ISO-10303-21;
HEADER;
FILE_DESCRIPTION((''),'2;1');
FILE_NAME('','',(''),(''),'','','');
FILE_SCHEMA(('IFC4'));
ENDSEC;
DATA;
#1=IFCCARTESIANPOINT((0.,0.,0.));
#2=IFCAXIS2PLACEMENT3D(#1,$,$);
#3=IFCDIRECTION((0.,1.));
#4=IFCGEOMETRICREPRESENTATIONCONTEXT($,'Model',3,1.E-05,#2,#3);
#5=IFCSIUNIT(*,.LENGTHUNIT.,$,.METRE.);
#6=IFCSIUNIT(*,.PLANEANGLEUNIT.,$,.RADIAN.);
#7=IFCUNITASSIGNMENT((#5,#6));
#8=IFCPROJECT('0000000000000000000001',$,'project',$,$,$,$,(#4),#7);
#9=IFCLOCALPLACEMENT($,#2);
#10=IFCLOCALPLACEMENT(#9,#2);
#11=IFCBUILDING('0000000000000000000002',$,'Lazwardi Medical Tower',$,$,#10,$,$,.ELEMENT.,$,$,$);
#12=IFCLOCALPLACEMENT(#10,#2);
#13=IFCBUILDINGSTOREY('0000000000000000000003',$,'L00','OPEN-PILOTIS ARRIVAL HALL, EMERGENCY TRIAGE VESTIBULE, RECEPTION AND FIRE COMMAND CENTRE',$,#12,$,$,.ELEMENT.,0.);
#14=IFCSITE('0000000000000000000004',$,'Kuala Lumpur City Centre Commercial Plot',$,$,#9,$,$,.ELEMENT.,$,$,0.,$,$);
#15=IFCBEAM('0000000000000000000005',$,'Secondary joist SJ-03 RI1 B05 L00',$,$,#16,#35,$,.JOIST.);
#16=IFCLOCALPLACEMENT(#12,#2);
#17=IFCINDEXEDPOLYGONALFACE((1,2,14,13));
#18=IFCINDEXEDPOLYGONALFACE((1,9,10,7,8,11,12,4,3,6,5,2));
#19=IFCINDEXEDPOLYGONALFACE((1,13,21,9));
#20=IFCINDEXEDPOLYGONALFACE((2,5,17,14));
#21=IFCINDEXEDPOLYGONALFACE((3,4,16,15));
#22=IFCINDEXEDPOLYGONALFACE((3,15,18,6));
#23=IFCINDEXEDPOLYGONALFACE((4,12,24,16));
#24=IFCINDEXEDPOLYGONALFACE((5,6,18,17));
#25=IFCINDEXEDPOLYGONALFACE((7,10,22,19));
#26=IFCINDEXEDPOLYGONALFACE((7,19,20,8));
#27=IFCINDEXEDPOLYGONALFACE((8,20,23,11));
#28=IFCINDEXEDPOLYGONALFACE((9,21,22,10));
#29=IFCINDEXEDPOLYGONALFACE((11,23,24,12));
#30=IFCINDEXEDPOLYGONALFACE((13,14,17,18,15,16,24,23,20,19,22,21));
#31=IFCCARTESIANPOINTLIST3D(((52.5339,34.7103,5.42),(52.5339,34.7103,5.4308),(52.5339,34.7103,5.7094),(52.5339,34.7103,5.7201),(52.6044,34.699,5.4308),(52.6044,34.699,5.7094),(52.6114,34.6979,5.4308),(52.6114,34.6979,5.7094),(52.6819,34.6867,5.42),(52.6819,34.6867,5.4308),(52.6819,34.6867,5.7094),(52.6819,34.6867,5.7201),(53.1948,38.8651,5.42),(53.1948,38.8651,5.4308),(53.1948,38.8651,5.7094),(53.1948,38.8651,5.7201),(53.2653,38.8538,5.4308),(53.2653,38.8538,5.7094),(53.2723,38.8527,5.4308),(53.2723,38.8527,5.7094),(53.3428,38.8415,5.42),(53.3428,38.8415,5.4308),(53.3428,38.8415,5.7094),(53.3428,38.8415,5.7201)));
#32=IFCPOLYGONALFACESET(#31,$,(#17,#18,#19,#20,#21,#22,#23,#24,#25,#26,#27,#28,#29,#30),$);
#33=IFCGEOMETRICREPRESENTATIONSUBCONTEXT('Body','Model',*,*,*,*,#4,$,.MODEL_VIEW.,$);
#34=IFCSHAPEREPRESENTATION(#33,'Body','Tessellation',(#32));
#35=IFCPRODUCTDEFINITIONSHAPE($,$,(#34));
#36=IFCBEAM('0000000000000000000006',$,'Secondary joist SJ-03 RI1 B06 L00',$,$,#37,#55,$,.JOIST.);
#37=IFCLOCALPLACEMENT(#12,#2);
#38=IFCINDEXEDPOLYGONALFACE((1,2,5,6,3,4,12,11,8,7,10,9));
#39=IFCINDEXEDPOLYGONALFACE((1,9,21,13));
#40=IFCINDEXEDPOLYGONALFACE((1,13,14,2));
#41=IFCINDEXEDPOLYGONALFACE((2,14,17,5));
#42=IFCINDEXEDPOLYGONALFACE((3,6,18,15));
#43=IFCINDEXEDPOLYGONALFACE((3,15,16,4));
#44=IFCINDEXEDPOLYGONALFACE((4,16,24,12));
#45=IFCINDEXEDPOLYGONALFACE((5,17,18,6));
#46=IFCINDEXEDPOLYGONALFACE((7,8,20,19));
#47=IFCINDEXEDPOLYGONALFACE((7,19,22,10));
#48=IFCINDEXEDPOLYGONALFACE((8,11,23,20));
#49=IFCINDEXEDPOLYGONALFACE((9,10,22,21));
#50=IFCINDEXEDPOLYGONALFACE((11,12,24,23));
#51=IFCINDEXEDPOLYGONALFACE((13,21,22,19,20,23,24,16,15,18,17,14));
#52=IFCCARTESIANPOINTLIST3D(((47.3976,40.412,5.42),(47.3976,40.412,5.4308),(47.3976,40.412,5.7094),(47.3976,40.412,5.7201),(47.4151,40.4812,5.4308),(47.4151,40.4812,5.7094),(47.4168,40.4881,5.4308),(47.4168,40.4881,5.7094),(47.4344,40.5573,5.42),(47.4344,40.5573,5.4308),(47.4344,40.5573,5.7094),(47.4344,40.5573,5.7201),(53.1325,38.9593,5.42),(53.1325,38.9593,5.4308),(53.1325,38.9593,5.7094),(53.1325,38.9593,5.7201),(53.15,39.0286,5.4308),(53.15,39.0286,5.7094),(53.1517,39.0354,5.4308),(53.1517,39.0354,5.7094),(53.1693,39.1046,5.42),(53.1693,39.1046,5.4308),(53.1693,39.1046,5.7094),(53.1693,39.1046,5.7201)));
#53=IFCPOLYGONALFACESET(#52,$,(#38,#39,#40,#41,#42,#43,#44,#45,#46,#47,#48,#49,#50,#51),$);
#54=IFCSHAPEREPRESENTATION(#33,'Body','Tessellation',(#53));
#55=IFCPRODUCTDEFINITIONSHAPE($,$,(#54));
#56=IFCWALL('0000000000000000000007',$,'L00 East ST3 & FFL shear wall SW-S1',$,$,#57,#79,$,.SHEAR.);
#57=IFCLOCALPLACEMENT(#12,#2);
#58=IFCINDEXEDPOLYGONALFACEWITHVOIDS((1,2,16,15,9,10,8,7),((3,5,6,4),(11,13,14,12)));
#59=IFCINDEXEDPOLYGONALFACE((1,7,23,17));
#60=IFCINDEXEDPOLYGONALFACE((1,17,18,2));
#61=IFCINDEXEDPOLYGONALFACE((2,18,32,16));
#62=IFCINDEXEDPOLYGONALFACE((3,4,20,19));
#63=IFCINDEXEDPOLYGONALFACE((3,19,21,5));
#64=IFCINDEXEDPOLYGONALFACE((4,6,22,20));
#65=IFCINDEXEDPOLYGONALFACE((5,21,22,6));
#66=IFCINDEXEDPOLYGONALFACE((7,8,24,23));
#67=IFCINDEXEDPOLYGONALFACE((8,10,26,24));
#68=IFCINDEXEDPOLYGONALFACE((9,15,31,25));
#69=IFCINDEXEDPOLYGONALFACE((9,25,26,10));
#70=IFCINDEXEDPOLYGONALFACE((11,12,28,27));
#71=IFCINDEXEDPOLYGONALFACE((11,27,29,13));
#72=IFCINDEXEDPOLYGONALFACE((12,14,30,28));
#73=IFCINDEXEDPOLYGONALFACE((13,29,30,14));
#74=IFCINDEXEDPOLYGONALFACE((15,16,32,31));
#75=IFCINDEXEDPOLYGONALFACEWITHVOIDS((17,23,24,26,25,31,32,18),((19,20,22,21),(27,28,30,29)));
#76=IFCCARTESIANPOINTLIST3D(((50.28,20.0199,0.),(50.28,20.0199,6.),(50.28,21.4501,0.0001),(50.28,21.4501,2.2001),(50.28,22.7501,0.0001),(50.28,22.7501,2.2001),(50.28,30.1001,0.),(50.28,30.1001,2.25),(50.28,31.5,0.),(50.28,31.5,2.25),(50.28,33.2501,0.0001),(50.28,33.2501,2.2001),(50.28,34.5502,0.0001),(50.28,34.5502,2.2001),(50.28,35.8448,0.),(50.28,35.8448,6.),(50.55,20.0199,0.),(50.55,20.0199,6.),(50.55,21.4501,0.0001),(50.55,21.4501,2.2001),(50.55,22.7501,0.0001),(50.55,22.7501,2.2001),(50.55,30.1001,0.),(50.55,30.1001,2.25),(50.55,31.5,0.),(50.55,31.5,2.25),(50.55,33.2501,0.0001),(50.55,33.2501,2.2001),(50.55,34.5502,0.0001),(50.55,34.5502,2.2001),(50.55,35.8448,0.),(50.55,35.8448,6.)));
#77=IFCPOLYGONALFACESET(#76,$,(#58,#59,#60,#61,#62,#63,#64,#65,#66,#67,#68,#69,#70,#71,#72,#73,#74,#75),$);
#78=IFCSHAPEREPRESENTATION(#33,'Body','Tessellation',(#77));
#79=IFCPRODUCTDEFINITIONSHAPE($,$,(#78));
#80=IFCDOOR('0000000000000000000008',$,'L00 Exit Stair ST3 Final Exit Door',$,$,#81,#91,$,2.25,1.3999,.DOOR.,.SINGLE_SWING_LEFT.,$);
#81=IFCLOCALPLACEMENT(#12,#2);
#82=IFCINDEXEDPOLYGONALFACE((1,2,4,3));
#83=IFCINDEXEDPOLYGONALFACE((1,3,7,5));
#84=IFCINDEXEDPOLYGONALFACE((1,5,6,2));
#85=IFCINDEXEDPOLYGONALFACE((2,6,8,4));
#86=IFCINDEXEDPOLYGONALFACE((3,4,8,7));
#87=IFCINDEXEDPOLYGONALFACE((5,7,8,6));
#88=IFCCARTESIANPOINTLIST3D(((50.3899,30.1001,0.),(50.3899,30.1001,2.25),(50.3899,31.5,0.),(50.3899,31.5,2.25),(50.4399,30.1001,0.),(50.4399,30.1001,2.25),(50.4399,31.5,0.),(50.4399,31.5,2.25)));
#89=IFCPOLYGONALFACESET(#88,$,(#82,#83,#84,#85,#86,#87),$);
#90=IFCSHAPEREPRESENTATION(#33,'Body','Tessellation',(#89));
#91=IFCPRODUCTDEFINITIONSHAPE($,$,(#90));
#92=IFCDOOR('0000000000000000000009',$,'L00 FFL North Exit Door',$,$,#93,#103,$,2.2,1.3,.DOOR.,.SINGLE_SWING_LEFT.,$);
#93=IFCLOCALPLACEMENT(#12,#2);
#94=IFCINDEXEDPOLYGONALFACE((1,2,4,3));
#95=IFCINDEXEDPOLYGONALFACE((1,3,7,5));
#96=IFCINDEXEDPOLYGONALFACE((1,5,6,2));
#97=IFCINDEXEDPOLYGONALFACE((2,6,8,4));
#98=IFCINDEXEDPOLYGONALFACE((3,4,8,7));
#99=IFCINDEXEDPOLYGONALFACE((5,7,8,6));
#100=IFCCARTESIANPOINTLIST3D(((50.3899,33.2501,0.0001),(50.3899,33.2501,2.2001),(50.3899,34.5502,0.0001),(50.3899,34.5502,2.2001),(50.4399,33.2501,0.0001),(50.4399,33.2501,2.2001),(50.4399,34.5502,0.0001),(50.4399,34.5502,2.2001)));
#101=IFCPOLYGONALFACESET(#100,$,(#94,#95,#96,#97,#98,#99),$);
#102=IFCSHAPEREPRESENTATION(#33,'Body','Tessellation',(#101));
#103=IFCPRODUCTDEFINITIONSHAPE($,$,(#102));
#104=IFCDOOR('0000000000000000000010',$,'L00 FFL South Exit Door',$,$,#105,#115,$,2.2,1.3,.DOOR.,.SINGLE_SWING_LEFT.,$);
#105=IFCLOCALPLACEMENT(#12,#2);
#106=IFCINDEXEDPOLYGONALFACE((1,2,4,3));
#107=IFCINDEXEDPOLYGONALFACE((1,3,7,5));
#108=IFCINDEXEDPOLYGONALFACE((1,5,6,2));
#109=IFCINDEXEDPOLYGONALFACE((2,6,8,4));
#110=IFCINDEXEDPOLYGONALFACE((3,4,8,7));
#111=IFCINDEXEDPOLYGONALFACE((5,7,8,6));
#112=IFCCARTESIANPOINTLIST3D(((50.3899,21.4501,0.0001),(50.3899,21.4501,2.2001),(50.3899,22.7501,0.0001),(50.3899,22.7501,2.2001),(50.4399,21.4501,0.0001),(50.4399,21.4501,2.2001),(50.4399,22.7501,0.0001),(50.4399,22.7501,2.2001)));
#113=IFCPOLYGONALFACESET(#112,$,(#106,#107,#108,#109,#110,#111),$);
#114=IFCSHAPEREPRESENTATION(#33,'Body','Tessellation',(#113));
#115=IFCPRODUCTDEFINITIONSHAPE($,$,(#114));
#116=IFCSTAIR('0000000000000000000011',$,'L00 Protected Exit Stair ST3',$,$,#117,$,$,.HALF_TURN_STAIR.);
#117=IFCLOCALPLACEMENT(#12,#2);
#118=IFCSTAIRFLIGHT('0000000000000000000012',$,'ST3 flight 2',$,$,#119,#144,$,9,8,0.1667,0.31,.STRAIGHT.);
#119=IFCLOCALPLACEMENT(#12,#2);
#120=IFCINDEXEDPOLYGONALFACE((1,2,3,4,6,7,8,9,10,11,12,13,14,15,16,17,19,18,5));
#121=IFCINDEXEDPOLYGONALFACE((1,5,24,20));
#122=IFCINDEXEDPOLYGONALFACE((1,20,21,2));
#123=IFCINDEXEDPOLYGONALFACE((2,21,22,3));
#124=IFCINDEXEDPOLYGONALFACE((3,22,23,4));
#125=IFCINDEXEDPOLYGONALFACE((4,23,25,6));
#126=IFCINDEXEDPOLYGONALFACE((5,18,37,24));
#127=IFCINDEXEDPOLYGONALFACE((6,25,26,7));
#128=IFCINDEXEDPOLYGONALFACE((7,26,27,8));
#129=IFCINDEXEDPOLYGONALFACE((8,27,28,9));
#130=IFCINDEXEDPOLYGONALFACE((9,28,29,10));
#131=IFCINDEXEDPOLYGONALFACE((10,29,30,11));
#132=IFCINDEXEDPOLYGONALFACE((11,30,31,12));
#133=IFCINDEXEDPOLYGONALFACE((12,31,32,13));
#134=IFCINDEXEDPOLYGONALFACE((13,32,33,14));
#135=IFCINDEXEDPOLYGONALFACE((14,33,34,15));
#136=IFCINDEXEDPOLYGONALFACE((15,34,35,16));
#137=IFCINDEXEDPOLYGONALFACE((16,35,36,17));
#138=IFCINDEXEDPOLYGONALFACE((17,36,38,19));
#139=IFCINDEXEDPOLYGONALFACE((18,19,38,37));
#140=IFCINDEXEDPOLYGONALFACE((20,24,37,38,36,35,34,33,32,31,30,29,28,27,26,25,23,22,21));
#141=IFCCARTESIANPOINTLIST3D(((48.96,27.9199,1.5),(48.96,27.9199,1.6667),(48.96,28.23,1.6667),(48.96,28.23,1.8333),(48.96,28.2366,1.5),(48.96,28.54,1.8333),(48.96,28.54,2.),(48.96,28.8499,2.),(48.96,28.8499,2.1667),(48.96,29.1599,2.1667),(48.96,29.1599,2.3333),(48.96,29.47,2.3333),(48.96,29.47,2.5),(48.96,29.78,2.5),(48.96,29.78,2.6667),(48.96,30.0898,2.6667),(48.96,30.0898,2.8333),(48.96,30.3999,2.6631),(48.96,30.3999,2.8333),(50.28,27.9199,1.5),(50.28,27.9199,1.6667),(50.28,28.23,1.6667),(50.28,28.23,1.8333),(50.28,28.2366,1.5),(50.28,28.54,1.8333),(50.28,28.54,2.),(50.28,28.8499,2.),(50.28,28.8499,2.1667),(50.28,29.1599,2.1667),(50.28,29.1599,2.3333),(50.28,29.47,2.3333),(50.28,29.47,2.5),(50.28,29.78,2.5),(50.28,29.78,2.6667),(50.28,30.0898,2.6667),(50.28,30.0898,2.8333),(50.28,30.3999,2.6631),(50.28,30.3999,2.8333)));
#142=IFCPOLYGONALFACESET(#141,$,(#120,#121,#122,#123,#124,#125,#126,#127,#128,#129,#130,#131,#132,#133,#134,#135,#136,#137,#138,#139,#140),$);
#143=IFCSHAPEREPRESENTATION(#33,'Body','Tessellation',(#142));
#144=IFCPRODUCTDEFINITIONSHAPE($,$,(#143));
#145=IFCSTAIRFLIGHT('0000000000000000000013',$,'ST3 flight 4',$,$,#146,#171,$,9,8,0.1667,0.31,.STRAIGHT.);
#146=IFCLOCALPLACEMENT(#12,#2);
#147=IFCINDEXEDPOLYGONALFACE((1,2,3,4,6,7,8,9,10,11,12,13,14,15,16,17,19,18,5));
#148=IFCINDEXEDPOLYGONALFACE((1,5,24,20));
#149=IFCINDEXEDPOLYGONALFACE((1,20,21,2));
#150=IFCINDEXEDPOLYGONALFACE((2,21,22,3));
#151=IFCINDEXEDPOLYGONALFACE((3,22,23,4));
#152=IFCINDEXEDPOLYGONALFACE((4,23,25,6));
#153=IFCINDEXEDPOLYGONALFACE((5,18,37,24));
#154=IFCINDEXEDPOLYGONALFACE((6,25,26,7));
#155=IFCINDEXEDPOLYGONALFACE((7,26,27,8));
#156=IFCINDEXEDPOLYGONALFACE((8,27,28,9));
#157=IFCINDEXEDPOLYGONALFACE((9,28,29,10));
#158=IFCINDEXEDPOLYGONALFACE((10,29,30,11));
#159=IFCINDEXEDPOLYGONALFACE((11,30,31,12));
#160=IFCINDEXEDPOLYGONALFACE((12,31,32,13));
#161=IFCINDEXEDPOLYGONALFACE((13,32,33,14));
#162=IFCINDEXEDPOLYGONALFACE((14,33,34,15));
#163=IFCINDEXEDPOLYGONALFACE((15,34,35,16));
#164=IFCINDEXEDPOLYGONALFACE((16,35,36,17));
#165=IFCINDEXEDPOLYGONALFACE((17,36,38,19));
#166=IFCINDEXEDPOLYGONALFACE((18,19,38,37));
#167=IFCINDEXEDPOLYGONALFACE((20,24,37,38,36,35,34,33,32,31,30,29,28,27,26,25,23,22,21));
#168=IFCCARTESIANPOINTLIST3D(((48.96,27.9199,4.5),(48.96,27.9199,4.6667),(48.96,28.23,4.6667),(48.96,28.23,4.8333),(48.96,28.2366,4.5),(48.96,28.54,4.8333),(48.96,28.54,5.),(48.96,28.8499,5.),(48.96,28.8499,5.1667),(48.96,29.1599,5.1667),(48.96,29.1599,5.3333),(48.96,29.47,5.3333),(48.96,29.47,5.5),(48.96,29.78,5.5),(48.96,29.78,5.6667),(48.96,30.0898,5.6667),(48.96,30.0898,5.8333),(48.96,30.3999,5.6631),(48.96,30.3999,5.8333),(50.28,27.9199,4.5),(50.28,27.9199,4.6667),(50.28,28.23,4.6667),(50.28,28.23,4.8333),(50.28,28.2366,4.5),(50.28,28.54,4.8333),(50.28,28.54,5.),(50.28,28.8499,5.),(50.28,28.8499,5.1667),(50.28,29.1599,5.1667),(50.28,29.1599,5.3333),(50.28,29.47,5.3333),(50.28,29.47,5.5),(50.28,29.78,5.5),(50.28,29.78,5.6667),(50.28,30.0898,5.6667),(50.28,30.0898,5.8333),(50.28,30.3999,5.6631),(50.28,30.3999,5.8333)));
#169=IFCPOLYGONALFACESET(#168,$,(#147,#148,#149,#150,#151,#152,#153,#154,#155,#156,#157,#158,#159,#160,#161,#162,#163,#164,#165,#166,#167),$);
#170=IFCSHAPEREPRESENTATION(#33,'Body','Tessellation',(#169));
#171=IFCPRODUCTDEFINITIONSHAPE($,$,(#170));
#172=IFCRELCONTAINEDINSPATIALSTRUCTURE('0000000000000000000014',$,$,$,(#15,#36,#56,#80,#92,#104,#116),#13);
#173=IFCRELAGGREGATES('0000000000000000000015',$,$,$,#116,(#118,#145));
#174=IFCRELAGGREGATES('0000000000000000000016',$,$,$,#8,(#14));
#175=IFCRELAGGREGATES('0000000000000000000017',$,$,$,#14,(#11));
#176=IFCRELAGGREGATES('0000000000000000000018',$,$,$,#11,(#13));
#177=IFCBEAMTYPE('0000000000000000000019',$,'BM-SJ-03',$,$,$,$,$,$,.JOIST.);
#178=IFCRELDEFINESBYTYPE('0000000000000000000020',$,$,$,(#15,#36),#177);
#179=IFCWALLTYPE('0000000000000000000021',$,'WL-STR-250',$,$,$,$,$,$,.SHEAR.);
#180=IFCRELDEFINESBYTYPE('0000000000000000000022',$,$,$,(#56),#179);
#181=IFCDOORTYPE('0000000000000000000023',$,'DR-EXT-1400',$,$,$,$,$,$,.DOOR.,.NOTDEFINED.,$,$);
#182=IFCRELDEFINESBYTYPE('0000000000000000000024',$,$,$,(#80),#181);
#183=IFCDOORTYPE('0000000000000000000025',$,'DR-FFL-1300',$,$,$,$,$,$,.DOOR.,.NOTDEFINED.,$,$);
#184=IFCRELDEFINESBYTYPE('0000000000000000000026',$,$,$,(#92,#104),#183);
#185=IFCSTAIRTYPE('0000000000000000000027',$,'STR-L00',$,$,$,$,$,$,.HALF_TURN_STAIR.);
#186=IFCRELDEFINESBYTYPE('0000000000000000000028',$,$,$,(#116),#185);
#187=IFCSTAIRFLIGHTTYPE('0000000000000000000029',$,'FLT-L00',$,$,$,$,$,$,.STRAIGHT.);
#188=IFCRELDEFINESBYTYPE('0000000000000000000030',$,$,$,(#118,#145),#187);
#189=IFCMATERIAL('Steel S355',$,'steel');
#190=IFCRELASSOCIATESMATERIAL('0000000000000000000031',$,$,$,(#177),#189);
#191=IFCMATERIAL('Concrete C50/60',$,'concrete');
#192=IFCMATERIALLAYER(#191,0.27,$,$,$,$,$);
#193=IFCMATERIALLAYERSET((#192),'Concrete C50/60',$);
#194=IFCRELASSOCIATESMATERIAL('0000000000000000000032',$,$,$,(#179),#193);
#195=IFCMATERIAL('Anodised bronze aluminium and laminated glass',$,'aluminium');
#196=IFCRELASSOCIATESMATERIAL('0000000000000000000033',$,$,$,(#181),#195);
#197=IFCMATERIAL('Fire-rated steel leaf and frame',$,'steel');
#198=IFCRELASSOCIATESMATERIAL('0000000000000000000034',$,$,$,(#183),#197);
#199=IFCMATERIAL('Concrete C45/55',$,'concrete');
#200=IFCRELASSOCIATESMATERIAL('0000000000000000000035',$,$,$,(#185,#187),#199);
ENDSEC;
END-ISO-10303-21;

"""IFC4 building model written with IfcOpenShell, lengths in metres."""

from ifc_helpers import new_model, si_unit, direction, frame, frame_2d, origin, origin_2d, place, context, subcontext, project, spatial, polyline, rectangle, i_section, outline, extrude, material, layer, layer_set, material_profile, profile_set, type_object, element, fill, aggregate, save


model = new_model("IFC4")

# Units and contexts
model_context = context("Model", 3, precision=1e-05, world=origin(), true_north=direction((0.0, 1.0)))
body_context = subcontext(model_context, "Body", "Model", "MODEL_VIEW")
ifc_project = project(units=[si_unit("LENGTHUNIT", "METRE"), si_unit("PLANEANGLEUNIT", "RADIAN")], contexts=[model_context])

# Site, building, storey
site_placement = place(None, origin())
site = spatial("IfcSite", under=ifc_project, at=site_placement, Name="Kuala Lumpur City Centre Commercial Plot", CompositionType="ELEMENT", RefElevation=0.0)
building_placement = place(site_placement, origin())
building = spatial("IfcBuilding", under=site, at=building_placement, Name="Lazwardi Medical Tower", CompositionType="ELEMENT")
storey_placement = place(building_placement, origin())
storey = spatial("IfcBuildingStorey", under=building, at=storey_placement, Name="L00", Description="OPEN-PILOTIS ARRIVAL HALL, EMERGENCY TRIAGE VESTIBULE, RECEPTION AND FIRE COMMAND CENTRE", CompositionType="ELEMENT", Elevation=0.0)

# Beams
ifc_material_1 = material(Name="Steel S355", Category="steel")
ifc_material_profile_1 = material_profile(ifc_material_1, i_section(OverallWidth=0.1499, OverallDepth=0.3, WebThickness=0.0071, FlangeThickness=0.0107, at=origin_2d()), Name="IPE 300")
ifc_profile_set_1 = profile_set([ifc_material_profile_1], Name="Steel S355")
beam_type_1 = type_object("IfcBeamType", Name="BM-SJ-03", PredefinedType="JOIST", material=ifc_profile_set_1)
beam_1_placement = place(storey_placement, frame((52.6079, 34.6985, 5.5701), z_axis=(0.157092, 0.987584, 0.0), x_axis=(-0.987584, 0.157092, 0.0)))
element("IfcBeam", 1, at=beam_1_placement, inside=storey, type_object=beam_type_1, Name="Secondary joist SJ-03 RI1 B05 L00", PredefinedType="JOIST", context=body_context, shape_type="SweptSolid", body=[
    extrude(i_section(OverallWidth=0.1499, OverallDepth=0.3, WebThickness=0.0071, FlangeThickness=0.0107, at=origin_2d()), origin(), (0.0, 0.0, 1.0), 4.207),
])
beam_2_placement = place(storey_placement, frame((53.1509, 39.032, 5.5701), z_axis=(-0.969385, 0.245545, 0.0), x_axis=(-0.245545, -0.969385, 0.0)))
element("IfcBeam", 2, at=beam_2_placement, inside=storey, type_object=beam_type_1, Name="Secondary joist SJ-03 RI1 B06 L00", PredefinedType="JOIST", context=body_context, shape_type="SweptSolid", body=[
    extrude(i_section(OverallWidth=0.1499, OverallDepth=0.3, WebThickness=0.0071, FlangeThickness=0.0107, at=origin_2d()), origin(), (0.0, 0.0, 1.0), 5.916),
])

# Wall, openings, doors
ifc_material_2 = material(Name="Concrete C50/60", Category="concrete")
ifc_layer = layer(ifc_material_2, 0.27)
ifc_layer_set = layer_set([ifc_layer], Name="Concrete C50/60")
wall_type = type_object("IfcWallType", Name="WL-STR-250", PredefinedType="SHEAR", material=ifc_layer_set)
wall_placement = place(storey_placement, frame((50.415, 35.845, 0.0), z_axis=(0.0, 0.0, 1.0), x_axis=(0.0, -1.0, 0.0)))
wall = element("IfcWall", 3, at=wall_placement, inside=storey, type_object=wall_type, Name="L00 East ST3 & FFL shear wall SW-S1", PredefinedType="SHEAR", context=body_context, shape_type="SweptSolid", body=[
    extrude(rectangle(XDim=15.825, YDim=0.27, at=frame_2d((7.9126, 0.0))), origin(), (0.0, 0.0, 1.0), 6.0),
])
opening_1_placement = place(wall_placement, frame((4.345, 0.0, 0.0)))
opening_1 = element("IfcOpeningElement", 4, at=opening_1_placement, cuts=wall, PredefinedType="OPENING", context=body_context, shape_type="SweptSolid", body=[
    extrude(rectangle(XDim=1.3999, YDim=2.25, at=frame_2d((0.7, 1.125))), frame((0.0, 0.145, 0.0), z_axis=(0.0, -1.0, 0.0), x_axis=(1.0, 0.0, 0.0)), (0.0, 0.0, 1.0), 0.29),
])
opening_2_placement = place(wall_placement, frame((1.2949, 0.0, 0.0)))
opening_2 = element("IfcOpeningElement", 5, at=opening_2_placement, cuts=wall, PredefinedType="OPENING", context=body_context, shape_type="SweptSolid", body=[
    extrude(rectangle(XDim=1.3, YDim=2.2, at=frame_2d((0.6499, 1.1001))), frame((0.0, 0.145, 0.0), z_axis=(0.0, -1.0, 0.0), x_axis=(1.0, 0.0, 0.0)), (0.0, 0.0, 1.0), 0.29),
])
opening_3_placement = place(wall_placement, frame((13.095, 0.0, 0.0)))
opening_3 = element("IfcOpeningElement", 6, at=opening_3_placement, cuts=wall, PredefinedType="OPENING", context=body_context, shape_type="SweptSolid", body=[
    extrude(rectangle(XDim=1.3, YDim=2.2, at=frame_2d((0.6499, 1.1001))), frame((0.0, 0.145, 0.0), z_axis=(0.0, -1.0, 0.0), x_axis=(1.0, 0.0, 0.0)), (0.0, 0.0, 1.0), 0.29),
])
ifc_material_3 = material(Name="Anodised bronze aluminium and laminated glass", Category="aluminium")
door_type_1 = type_object("IfcDoorType", Name="DR-EXT-1400", OperationType="NOTDEFINED", PredefinedType="DOOR", material=ifc_material_3)
door_1_placement = place(opening_1_placement, origin())
door_1 = element("IfcDoor", 7, at=door_1_placement, inside=storey, type_object=door_type_1, Name="L00 Exit Stair ST3 Final Exit Door", OperationType="SINGLE_SWING_LEFT", OverallHeight=2.25, OverallWidth=1.3999, PredefinedType="DOOR", context=body_context, shape_type="SweptSolid", body=[
    extrude(rectangle(XDim=1.3999, YDim=2.25, at=frame_2d((0.7, 1.125))), frame((0.0, 0.0249, 0.0), z_axis=(0.0, -1.0, 0.0), x_axis=(1.0, 0.0, 0.0)), (0.0, 0.0, 1.0), 0.05),
])
fill(opening_1, door_1)
ifc_material_4 = material(Name="Fire-rated steel leaf and frame", Category="steel")
door_type_2 = type_object("IfcDoorType", Name="DR-FFL-1300", OperationType="NOTDEFINED", PredefinedType="DOOR", material=ifc_material_4)
door_2_placement = place(opening_2_placement, origin())
door_2 = element("IfcDoor", 8, at=door_2_placement, inside=storey, type_object=door_type_2, Name="L00 FFL North Exit Door", OperationType="SINGLE_SWING_LEFT", OverallHeight=2.2, OverallWidth=1.3, PredefinedType="DOOR", context=body_context, shape_type="SweptSolid", body=[
    extrude(rectangle(XDim=1.3, YDim=2.2, at=frame_2d((0.6499, 1.1001))), frame((0.0, 0.0249, 0.0), z_axis=(0.0, -1.0, 0.0), x_axis=(1.0, 0.0, 0.0)), (0.0, 0.0, 1.0), 0.05),
])
fill(opening_2, door_2)
door_3_placement = place(opening_3_placement, origin())
door_3 = element("IfcDoor", 9, at=door_3_placement, inside=storey, type_object=door_type_2, Name="L00 FFL South Exit Door", OperationType="SINGLE_SWING_LEFT", OverallHeight=2.2, OverallWidth=1.3, PredefinedType="DOOR", context=body_context, shape_type="SweptSolid", body=[
    extrude(rectangle(XDim=1.3, YDim=2.2, at=frame_2d((0.6499, 1.1001))), frame((0.0, 0.0249, 0.0), z_axis=(0.0, -1.0, 0.0), x_axis=(1.0, 0.0, 0.0)), (0.0, 0.0, 1.0), 0.05),
])
fill(opening_3, door_3)

# Stair, stair flights
ifc_material_5 = material(Name="Concrete C45/55", Category="concrete")
stair_type = type_object("IfcStairType", Name="STR-L00", PredefinedType="HALF_TURN_STAIR", material=ifc_material_5)
stair_placement = place(storey_placement, origin())
stair = element("IfcStair", 10, at=stair_placement, inside=storey, type_object=stair_type, Name="L00 Protected Exit Stair ST3", PredefinedType="HALF_TURN_STAIR")
stair_flight_type = type_object("IfcStairFlightType", Name="FLT-L00", PredefinedType="STRAIGHT", material=ifc_material_5)
stair_flight_1_placement = place(storey_placement, frame((49.6201, 27.9199, 1.5), z_axis=(0.0, 0.0, 1.0), x_axis=(0.0, 1.0, 0.0)))
stair_flight_1 = element("IfcStairFlight", 11, at=stair_flight_1_placement, type_object=stair_flight_type, Name="ST3 flight 2", NumberOfRisers=9, NumberOfTreads=8, PredefinedType="STRAIGHT", RiserHeight=0.1667, TreadLength=0.31, context=body_context, shape_type="SweptSolid", body=[
    extrude(outline(polyline([(0.0, 0.0), (0.0, 0.1667), (0.3101, 0.1667), (0.3101, 0.3333), (0.6201, 0.3333), (0.6201, 0.5), (0.9299, 0.5), (0.9299, 0.6667), (1.24, 0.6667), (1.24, 0.8333), (1.55, 0.8333), (1.55, 1.0), (1.8601, 1.0), (1.8601, 1.1667), (2.1699, 1.1667), (2.1699, 1.3333), (2.48, 1.3333), (2.48, 1.5), (2.48, 1.1631), (0.3167, 0.0), (0.0, 0.0)])), frame((0.0, 0.6602, 0.0), z_axis=(0.0, -1.0, 0.0), x_axis=(1.0, 0.0, 0.0)), (0.0, 0.0, 1.0), 1.3201),
])
stair_flight_2_placement = place(storey_placement, frame((49.6201, 27.9199, 4.5), z_axis=(0.0, 0.0, 1.0), x_axis=(0.0, 1.0, 0.0)))
stair_flight_2 = element("IfcStairFlight", 12, at=stair_flight_2_placement, type_object=stair_flight_type, Name="ST3 flight 4", NumberOfRisers=9, NumberOfTreads=8, PredefinedType="STRAIGHT", RiserHeight=0.1667, TreadLength=0.31, context=body_context, shape_type="SweptSolid", body=[
    extrude(outline(polyline([(0.0, 0.0), (0.0, 0.1667), (0.3101, 0.1667), (0.3101, 0.3333), (0.6201, 0.3333), (0.6201, 0.5), (0.9299, 0.5), (0.9299, 0.6667), (1.24, 0.6667), (1.24, 0.8333), (1.55, 0.8333), (1.55, 1.0), (1.8601, 1.0), (1.8601, 1.1667), (2.1699, 1.1667), (2.1699, 1.3333), (2.48, 1.3333), (2.48, 1.5), (2.48, 1.1631), (0.3167, 0.0), (0.0, 0.0)])), frame((0.0, 0.6602, 0.0), z_axis=(0.0, -1.0, 0.0), x_axis=(1.0, 0.0, 0.0)), (0.0, 0.0, 1.0), 1.3201),
])
aggregate(stair, [stair_flight_1, stair_flight_2])

save(model, "model.ifc")
